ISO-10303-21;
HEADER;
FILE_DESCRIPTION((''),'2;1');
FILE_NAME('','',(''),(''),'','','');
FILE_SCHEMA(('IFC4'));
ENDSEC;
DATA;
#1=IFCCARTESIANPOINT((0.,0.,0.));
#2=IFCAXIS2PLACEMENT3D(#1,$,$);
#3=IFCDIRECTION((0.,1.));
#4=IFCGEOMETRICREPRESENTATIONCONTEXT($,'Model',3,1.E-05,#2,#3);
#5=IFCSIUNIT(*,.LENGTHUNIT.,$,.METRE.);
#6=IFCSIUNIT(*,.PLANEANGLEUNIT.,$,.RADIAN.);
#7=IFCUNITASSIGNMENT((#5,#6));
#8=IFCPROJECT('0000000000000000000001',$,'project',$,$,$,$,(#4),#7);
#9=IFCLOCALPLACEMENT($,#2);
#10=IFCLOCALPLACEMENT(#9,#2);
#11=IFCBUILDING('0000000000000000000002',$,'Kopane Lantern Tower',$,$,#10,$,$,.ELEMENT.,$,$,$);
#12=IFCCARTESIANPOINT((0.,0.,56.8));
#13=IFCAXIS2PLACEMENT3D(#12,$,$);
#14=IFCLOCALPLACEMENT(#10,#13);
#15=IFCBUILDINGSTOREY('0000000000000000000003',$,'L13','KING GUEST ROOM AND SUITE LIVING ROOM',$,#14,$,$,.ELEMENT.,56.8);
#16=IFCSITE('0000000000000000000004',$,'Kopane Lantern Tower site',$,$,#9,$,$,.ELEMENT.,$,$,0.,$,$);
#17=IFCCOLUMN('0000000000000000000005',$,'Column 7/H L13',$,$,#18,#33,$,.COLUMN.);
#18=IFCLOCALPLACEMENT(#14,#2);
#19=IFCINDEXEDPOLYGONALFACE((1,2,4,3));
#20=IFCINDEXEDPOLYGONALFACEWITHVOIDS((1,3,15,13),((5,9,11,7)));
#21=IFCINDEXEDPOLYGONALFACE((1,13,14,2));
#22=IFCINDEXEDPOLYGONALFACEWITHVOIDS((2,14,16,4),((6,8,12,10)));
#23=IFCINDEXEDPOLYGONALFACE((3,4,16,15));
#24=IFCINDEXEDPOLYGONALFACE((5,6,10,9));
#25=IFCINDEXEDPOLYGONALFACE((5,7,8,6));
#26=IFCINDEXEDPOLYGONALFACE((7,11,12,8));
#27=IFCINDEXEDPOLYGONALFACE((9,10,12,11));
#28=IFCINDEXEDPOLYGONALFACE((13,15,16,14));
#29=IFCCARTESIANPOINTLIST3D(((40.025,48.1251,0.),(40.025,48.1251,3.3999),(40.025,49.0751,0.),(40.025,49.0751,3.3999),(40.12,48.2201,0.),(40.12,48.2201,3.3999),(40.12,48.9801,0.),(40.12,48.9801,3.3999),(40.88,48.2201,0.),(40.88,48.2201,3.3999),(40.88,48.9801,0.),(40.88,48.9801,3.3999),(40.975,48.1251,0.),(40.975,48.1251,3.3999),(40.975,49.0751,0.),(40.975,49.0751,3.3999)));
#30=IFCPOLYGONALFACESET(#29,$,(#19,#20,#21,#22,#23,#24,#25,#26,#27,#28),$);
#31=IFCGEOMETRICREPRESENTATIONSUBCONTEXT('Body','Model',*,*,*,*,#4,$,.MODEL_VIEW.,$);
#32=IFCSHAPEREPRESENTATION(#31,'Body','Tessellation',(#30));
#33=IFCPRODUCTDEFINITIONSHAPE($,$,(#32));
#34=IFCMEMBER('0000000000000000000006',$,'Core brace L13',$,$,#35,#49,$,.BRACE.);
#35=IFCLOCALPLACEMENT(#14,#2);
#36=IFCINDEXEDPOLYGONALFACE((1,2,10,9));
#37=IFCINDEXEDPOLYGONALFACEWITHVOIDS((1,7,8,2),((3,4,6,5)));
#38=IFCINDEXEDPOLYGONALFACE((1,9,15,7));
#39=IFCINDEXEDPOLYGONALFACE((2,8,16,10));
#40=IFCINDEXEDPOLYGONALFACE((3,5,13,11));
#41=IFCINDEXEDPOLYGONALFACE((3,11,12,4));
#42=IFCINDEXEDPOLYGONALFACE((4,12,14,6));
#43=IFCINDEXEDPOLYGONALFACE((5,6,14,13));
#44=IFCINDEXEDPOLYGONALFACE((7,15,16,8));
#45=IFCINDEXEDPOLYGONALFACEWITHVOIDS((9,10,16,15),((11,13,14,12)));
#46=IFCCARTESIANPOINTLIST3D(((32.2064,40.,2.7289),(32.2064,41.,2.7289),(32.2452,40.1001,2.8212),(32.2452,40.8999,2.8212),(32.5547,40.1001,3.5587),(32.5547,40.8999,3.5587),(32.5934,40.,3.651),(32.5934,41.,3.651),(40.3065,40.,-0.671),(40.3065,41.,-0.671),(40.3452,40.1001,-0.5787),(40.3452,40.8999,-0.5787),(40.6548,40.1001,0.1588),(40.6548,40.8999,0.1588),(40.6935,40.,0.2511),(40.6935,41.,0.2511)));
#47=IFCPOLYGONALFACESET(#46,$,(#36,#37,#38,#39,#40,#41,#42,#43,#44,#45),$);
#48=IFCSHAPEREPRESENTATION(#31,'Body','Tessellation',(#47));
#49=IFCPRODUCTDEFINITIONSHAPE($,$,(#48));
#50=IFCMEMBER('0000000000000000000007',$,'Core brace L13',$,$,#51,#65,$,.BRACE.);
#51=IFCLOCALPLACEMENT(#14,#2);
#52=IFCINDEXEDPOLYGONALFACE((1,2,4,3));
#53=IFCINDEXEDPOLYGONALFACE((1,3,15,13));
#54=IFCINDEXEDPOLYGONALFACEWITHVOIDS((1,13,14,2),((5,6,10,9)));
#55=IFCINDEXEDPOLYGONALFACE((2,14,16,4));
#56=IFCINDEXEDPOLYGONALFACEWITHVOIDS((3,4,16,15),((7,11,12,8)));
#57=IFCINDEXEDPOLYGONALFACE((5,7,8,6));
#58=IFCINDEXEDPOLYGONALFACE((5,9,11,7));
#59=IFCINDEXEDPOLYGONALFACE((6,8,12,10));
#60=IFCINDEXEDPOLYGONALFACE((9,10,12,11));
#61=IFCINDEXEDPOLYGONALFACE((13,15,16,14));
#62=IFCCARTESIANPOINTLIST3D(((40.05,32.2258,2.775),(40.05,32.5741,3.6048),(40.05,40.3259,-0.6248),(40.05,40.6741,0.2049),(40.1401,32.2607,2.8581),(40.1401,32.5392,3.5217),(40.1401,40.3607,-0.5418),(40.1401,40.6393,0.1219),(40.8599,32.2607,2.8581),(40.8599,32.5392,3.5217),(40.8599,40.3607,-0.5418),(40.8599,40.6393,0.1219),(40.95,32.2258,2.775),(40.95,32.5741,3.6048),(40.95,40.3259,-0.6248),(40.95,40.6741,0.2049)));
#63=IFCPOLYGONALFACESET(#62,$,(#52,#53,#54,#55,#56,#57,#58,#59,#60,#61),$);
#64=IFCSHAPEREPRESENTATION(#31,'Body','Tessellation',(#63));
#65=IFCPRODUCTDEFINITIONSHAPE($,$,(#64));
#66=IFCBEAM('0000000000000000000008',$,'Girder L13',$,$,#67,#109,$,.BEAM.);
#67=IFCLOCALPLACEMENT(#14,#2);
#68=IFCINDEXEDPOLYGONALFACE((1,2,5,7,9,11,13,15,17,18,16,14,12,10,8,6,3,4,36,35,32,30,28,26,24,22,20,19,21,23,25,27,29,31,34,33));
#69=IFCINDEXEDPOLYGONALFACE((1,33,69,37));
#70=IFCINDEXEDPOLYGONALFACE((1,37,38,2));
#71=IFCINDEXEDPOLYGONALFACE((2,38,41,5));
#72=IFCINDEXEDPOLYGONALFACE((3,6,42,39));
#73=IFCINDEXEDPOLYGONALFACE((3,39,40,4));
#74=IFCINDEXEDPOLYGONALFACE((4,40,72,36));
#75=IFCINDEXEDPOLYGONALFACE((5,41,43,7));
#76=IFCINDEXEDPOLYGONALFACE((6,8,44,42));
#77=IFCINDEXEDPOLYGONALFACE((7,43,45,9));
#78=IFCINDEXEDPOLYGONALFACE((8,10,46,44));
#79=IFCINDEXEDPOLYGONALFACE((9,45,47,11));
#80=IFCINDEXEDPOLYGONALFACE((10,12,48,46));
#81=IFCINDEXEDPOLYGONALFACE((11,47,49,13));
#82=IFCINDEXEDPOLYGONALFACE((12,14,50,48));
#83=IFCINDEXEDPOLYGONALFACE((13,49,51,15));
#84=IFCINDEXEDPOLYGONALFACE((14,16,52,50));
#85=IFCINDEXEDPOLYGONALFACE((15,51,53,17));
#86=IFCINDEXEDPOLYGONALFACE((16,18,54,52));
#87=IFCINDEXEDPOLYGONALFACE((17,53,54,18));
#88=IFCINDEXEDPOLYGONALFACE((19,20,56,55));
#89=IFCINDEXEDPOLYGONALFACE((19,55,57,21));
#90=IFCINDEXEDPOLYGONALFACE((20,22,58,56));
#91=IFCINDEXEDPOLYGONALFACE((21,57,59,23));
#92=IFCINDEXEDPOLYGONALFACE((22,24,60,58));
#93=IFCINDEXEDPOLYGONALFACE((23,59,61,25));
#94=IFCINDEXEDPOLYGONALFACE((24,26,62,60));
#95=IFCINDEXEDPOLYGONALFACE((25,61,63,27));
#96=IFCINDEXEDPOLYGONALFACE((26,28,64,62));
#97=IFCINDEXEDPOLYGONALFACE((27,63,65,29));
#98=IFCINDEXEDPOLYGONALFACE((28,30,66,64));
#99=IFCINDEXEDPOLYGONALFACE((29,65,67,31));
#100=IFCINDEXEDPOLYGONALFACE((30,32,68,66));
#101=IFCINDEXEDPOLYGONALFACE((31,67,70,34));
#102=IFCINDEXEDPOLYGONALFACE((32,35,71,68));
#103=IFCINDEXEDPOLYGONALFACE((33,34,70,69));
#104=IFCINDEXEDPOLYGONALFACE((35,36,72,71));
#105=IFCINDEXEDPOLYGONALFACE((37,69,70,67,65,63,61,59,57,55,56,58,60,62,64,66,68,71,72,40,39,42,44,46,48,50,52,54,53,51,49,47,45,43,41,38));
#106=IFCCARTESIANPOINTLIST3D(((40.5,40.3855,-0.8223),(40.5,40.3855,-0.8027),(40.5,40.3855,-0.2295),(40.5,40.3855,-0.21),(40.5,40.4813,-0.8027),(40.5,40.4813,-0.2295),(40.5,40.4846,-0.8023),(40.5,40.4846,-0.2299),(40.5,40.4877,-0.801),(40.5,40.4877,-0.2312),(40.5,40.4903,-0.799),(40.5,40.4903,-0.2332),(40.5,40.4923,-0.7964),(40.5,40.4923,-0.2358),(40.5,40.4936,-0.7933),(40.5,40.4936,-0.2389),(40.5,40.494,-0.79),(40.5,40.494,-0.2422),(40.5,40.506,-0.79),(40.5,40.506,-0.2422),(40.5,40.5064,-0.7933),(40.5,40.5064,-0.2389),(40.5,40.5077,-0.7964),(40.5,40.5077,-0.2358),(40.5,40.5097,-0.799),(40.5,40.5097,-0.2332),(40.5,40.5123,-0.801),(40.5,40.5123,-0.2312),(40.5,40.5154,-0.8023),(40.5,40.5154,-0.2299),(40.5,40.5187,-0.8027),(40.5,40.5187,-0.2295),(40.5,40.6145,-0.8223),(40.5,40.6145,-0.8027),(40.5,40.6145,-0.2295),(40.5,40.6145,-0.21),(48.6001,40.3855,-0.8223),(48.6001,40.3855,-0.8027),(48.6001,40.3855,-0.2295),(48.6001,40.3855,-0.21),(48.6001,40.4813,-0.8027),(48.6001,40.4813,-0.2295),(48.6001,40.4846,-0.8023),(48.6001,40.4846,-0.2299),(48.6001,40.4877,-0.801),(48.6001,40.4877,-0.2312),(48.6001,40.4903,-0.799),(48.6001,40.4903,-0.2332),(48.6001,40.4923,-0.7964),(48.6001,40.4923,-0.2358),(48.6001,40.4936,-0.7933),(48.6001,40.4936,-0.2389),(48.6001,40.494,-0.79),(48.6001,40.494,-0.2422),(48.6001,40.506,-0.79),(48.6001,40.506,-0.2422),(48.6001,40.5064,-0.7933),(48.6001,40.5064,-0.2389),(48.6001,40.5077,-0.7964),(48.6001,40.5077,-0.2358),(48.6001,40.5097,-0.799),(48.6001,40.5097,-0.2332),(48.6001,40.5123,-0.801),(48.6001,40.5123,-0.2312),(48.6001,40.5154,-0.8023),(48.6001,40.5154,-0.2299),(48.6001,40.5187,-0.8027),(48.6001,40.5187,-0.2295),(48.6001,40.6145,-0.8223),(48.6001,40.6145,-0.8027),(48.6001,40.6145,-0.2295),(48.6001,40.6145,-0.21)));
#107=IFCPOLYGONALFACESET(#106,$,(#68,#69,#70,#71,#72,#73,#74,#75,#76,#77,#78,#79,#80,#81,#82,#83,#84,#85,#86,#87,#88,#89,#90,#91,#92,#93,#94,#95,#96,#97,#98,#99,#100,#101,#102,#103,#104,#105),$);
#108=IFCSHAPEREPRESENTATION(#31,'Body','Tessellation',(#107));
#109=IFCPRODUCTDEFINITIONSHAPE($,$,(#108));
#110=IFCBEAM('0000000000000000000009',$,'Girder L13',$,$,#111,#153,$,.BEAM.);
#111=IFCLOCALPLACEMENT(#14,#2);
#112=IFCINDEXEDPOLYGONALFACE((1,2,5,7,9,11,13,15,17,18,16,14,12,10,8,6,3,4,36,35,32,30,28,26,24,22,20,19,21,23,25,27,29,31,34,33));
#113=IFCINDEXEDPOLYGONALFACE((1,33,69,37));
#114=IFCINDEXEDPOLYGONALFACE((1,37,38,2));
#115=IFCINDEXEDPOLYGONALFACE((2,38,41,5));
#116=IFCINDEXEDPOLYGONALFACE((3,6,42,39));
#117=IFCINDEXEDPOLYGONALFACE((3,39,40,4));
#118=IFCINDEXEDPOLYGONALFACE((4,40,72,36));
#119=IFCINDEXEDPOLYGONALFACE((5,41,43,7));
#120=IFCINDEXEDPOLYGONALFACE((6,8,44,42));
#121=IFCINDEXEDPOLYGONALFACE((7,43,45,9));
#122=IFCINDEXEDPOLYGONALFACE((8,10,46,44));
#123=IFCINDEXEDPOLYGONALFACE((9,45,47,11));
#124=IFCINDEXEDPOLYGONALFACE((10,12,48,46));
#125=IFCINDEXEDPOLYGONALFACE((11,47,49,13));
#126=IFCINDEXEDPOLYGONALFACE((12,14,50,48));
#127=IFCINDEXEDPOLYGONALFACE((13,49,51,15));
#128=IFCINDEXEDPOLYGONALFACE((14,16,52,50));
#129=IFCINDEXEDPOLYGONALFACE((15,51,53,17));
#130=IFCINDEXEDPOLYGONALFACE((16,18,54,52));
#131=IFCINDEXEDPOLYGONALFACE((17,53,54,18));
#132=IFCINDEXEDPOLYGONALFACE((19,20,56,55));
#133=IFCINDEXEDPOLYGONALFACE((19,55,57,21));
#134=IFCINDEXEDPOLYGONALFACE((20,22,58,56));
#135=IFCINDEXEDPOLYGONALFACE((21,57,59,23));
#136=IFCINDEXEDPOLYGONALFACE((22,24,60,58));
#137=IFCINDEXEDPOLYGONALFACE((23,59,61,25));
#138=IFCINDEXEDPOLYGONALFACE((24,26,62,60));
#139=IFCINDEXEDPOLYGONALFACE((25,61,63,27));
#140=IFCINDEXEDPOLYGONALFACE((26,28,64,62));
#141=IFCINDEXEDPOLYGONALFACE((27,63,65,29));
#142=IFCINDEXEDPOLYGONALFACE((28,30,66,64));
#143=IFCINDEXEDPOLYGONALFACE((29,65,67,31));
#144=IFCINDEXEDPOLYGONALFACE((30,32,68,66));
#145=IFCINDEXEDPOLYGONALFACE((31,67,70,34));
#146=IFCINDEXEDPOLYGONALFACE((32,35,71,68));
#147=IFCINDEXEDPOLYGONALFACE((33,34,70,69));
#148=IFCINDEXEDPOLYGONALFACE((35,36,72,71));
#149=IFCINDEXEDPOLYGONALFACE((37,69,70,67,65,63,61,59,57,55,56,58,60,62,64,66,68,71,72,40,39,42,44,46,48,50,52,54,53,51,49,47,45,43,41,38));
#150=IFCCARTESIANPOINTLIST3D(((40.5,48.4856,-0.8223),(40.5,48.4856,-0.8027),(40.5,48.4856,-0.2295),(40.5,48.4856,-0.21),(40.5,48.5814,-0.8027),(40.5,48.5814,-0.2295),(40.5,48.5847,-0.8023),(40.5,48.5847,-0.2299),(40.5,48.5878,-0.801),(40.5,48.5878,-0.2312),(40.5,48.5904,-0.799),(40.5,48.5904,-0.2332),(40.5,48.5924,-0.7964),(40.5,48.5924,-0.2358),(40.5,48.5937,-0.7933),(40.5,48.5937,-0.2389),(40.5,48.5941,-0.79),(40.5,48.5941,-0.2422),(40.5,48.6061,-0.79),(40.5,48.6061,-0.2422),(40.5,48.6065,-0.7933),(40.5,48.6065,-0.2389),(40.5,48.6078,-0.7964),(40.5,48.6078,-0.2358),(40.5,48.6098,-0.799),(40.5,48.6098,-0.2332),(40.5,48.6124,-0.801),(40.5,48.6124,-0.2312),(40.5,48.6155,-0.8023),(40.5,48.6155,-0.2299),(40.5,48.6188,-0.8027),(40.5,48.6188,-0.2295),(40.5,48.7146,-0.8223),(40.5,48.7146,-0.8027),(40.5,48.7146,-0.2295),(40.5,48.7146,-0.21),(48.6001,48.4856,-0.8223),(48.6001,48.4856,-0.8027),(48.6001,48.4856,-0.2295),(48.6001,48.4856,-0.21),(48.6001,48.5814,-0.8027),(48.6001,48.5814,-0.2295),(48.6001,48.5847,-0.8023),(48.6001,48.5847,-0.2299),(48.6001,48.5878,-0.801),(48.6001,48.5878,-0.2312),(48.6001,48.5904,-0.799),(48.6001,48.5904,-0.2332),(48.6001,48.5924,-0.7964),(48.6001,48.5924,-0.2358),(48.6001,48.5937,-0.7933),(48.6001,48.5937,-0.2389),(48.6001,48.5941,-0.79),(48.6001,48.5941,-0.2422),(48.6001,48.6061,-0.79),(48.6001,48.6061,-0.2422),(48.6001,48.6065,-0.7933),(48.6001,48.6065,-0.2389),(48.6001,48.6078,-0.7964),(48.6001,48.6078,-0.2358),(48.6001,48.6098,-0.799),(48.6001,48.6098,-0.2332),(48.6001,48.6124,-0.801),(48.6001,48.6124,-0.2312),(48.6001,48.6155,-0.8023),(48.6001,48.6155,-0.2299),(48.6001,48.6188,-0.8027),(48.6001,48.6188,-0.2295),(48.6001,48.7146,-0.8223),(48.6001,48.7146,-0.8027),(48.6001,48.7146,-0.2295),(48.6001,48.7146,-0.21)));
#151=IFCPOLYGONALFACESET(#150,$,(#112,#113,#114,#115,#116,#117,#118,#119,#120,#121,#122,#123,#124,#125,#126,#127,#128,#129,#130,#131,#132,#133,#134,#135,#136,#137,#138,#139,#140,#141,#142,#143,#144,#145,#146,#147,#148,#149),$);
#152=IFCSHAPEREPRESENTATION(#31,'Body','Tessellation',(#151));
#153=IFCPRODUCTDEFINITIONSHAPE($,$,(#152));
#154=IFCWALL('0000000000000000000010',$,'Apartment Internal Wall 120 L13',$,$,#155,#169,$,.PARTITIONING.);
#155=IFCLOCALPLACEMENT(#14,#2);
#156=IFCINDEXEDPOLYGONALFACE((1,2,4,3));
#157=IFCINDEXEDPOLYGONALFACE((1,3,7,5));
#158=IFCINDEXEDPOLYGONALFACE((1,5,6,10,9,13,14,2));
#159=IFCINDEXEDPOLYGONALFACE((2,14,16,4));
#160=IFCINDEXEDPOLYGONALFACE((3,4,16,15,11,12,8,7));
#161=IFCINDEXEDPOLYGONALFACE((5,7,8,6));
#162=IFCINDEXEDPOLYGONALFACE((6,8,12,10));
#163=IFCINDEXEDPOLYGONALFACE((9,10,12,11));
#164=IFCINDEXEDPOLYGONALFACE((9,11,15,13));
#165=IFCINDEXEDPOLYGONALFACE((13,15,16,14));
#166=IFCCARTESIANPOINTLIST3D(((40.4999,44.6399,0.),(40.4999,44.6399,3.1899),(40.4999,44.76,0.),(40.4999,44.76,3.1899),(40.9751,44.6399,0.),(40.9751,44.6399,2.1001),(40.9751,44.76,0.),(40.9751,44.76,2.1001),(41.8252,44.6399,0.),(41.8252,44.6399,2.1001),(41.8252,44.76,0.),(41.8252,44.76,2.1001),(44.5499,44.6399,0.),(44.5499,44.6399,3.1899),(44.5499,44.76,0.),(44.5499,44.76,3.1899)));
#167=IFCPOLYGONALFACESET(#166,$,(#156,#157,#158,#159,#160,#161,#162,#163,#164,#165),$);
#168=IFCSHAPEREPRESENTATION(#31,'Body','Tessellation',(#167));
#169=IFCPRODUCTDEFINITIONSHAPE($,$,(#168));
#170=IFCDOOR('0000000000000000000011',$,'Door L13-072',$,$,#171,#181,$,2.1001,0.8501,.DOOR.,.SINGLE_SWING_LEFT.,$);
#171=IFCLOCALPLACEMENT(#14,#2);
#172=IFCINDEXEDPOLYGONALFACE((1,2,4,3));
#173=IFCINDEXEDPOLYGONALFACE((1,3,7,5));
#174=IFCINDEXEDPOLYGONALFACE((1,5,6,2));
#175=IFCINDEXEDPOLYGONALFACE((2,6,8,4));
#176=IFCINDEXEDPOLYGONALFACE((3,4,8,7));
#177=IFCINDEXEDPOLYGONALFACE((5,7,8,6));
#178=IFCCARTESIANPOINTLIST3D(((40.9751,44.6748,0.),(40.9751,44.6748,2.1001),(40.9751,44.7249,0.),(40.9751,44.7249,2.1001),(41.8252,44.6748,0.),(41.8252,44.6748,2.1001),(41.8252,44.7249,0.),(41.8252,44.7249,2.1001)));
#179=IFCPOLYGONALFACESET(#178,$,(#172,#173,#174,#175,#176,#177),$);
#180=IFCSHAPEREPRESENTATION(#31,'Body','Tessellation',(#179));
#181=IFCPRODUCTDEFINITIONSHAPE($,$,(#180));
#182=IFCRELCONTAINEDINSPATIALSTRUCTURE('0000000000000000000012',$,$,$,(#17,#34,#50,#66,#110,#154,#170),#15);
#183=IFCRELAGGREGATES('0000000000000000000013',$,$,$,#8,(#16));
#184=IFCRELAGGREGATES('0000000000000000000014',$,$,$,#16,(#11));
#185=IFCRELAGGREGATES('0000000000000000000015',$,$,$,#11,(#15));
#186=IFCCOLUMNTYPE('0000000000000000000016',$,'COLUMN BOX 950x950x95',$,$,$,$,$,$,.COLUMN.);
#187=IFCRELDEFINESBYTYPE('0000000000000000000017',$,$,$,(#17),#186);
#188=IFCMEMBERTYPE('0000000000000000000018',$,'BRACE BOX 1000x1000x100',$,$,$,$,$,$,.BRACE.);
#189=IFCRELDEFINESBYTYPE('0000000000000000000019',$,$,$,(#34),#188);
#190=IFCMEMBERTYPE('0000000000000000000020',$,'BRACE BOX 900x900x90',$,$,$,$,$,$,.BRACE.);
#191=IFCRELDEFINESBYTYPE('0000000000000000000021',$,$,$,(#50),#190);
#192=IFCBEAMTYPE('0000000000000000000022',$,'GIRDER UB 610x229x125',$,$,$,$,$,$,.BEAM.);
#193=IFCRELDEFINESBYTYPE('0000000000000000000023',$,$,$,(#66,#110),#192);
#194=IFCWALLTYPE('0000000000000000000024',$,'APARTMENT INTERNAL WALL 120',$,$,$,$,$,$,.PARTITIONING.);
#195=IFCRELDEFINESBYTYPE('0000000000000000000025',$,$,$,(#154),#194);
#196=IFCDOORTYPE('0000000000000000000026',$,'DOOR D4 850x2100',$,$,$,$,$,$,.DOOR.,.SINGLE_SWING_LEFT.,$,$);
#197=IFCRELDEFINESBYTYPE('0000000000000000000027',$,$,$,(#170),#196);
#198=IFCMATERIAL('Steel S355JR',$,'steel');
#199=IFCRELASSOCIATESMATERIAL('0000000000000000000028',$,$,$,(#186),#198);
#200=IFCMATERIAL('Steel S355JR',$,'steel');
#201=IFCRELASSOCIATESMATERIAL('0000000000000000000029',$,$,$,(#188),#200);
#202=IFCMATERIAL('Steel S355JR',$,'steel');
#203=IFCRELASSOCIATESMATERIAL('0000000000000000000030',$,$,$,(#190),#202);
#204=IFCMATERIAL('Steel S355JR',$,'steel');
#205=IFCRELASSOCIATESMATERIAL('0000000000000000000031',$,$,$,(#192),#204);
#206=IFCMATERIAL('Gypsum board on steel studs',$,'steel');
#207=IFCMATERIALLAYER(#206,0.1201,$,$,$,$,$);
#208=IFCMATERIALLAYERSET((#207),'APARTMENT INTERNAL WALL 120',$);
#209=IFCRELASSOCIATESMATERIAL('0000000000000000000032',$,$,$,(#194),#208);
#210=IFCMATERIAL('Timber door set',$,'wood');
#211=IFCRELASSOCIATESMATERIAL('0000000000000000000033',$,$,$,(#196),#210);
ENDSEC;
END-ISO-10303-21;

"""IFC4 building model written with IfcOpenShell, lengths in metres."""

from ifc_helpers import new_model, si_unit, direction, frame, frame_2d, origin, origin_2d, place, context, subcontext, project, spatial, rectangle, hollow_rectangle, i_section, extrude, material, layer, layer_set, material_profile, profile_set, type_object, element, fill, save


model = new_model("IFC4")

# Units and contexts
model_context = context("Model", 3, precision=1e-05, world=origin(), true_north=direction((0.0, 1.0)))
body_context = subcontext(model_context, "Body", "Model", "MODEL_VIEW")
ifc_project = project(units=[si_unit("LENGTHUNIT", "METRE"), si_unit("PLANEANGLEUNIT", "RADIAN")], contexts=[model_context])

# Site, building, storey
site_placement = place(None, origin())
site = spatial("IfcSite", under=ifc_project, at=site_placement, Name="Kopane Lantern Tower site", CompositionType="ELEMENT", RefElevation=0.0)
building_placement = place(site_placement, origin())
building = spatial("IfcBuilding", under=site, at=building_placement, Name="Kopane Lantern Tower", CompositionType="ELEMENT")
storey_placement = place(building_placement, frame((0.0, 0.0, 56.8)))
storey = spatial("IfcBuildingStorey", under=building, at=storey_placement, Name="L13", Description="KING GUEST ROOM AND SUITE LIVING ROOM", CompositionType="ELEMENT", Elevation=56.8)

# Column
ifc_material_1 = material(Name="Steel S355JR", Category="steel")
ifc_material_profile_1 = material_profile(ifc_material_1, hollow_rectangle(XDim=0.95, YDim=0.95, WallThickness=0.095, at=origin_2d()), Name="BOX 950x950x95")
ifc_profile_set_1 = profile_set([ifc_material_profile_1], Name="Steel S355JR")
column_type = type_object("IfcColumnType", Name="COLUMN BOX 950x950x95", PredefinedType="COLUMN", material=ifc_profile_set_1)
column_placement = place(storey_placement, frame((40.5, 48.6001, 0.0), z_axis=(0.0, 0.0, 1.0), x_axis=(1.0, 0.0, 0.0)))
element("IfcColumn", 1, at=column_placement, inside=storey, type_object=column_type, Name="Column 7/H L13", PredefinedType="COLUMN", context=body_context, shape_type="SweptSolid", body=[
    extrude(hollow_rectangle(XDim=0.95, YDim=0.95, WallThickness=0.095, at=origin_2d()), origin(), (0.0, 0.0, 1.0), 3.3999),
])

# Members
ifc_material_2 = material(Name="Steel S355JR", Category="steel")
ifc_material_profile_2 = material_profile(ifc_material_2, hollow_rectangle(XDim=1.0, YDim=1.0, WallThickness=0.1001, at=origin_2d()), Name="BOX 1000x1000x100")
ifc_profile_set_2 = profile_set([ifc_material_profile_2], Name="Steel S355JR")
member_type_1 = type_object("IfcMemberType", Name="BRACE BOX 1000x1000x100", PredefinedType="BRACE", material=ifc_profile_set_2)
member_1_placement = place(storey_placement, frame((40.5, 40.5, -0.21), z_axis=(-0.922069, 0.0, 0.387026), x_axis=(0.0, -1.0, 0.0)))
element("IfcMember", 2, at=member_1_placement, inside=storey, type_object=member_type_1, Name="Core brace L13", PredefinedType="BRACE", context=body_context, shape_type="SweptSolid", body=[
    extrude(hollow_rectangle(XDim=1.0, YDim=1.0, WallThickness=0.1001, at=origin_2d()), origin(), (0.0, 0.0, 1.0), 8.7847),
])
ifc_material_3 = material(Name="Steel S355JR", Category="steel")
ifc_material_profile_3 = material_profile(ifc_material_3, hollow_rectangle(XDim=0.8999, YDim=0.8999, WallThickness=0.0901, at=origin_2d()), Name="BOX 900x900x90")
ifc_profile_set_3 = profile_set([ifc_material_profile_3], Name="Steel S355JR")
member_type_2 = type_object("IfcMemberType", Name="BRACE BOX 900x900x90", PredefinedType="BRACE", material=ifc_profile_set_3)
member_2_placement = place(storey_placement, frame((40.5, 40.5, -0.21), z_axis=(0.0, -0.922069, 0.387026), x_axis=(1.0, 0.0, 0.0)))
element("IfcMember", 3, at=member_2_placement, inside=storey, type_object=member_type_2, Name="Core brace L13", PredefinedType="BRACE", context=body_context, shape_type="SweptSolid", body=[
    extrude(hollow_rectangle(XDim=0.8999, YDim=0.8999, WallThickness=0.0901, at=origin_2d()), origin(), (0.0, 0.0, 1.0), 8.7847),
])

# Beams
ifc_material_4 = material(Name="Steel S355JR", Category="steel")
ifc_material_profile_4 = material_profile(ifc_material_4, i_section(OverallWidth=0.229, OverallDepth=0.6123, WebThickness=0.012, FlangeThickness=0.0195, FilletRadius=0.0127, at=origin_2d()), Name="UB 610x229x125")
ifc_profile_set_4 = profile_set([ifc_material_profile_4], Name="Steel S355JR")
beam_type = type_object("IfcBeamType", Name="GIRDER UB 610x229x125", PredefinedType="BEAM", material=ifc_profile_set_4)
for number, where, z_axis, x_axis, name in (
    (4, (40.5, 40.5, -0.5161), (1.0, 0.0, 0.0), (0.0, 1.0, 0.0), "Girder L13"),
    (5, (40.5, 48.6001, -0.5161), (1.0, 0.0, 0.0), (0.0, 1.0, 0.0), "Girder L13"),
):
    element("IfcBeam", number, at=place(storey_placement, frame(where, z_axis=z_axis, x_axis=x_axis)), inside=storey, type_object=beam_type, Name=name, PredefinedType="BEAM", context=body_context, shape_type="SweptSolid", body=[
        extrude(i_section(OverallWidth=0.229, OverallDepth=0.6123, WebThickness=0.012, FlangeThickness=0.0195, FilletRadius=0.0127, at=origin_2d()), origin(), (0.0, 0.0, 1.0), 8.1001),
    ])

# Wall, opening, door
ifc_material_5 = material(Name="Gypsum board on steel studs", Category="steel")
ifc_layer_1 = layer(ifc_material_5, 0.1201)
ifc_layer_set_1 = layer_set([ifc_layer_1], Name="APARTMENT INTERNAL WALL 120")
wall_type_1 = type_object("IfcWallType", Name="APARTMENT INTERNAL WALL 120", PredefinedType="PARTITIONING", material=ifc_layer_set_1)
wall_1_placement = place(storey_placement, frame((40.5, 44.7, 0.0), z_axis=(0.0, 0.0, 1.0), x_axis=(1.0, 0.0, 0.0)))
wall_1 = element("IfcWall", 6, at=wall_1_placement, inside=storey, type_object=wall_type_1, Name="Apartment Internal Wall 120 L13", PredefinedType="PARTITIONING", context=body_context, shape_type="SweptSolid", body=[
    extrude(rectangle(XDim=4.05, YDim=0.1201, at=frame_2d((2.0249, 0.0))), origin(), (0.0, 0.0, 1.0), 3.1899),
])
opening_1_placement = place(wall_1_placement, frame((0.4751, 0.0, 0.0)))
opening_1 = element("IfcOpeningElement", 7, at=opening_1_placement, cuts=wall_1, PredefinedType="OPENING", context=body_context, shape_type="SweptSolid", body=[
    extrude(rectangle(XDim=0.8501, YDim=2.1001, at=frame_2d((0.425, 1.05))), frame((0.0, 0.0701, 0.0), z_axis=(0.0, -1.0, 0.0), x_axis=(1.0, 0.0, 0.0)), (0.0, 0.0, 1.0), 0.1401),
])
ifc_material_6 = material(Name="Timber door set", Category="wood")
door_type_1 = type_object("IfcDoorType", Name="DOOR D4 850x2100", OperationType="SINGLE_SWING_LEFT", PredefinedType="DOOR", material=ifc_material_6)
door_1_placement = place(opening_1_placement, origin())
door_1 = element("IfcDoor", 8, at=door_1_placement, inside=storey, type_object=door_type_1, Name="Door L13-072", OperationType="SINGLE_SWING_LEFT", OverallHeight=2.1001, OverallWidth=0.8501, PredefinedType="DOOR", context=body_context, shape_type="SweptSolid", body=[
    extrude(rectangle(XDim=0.8501, YDim=2.1001, at=frame_2d((0.425, 1.05))), frame((0.0, 0.0249, 0.0), z_axis=(0.0, -1.0, 0.0), x_axis=(1.0, 0.0, 0.0)), (0.0, 0.0, 1.0), 0.05),
])
fill(opening_1, door_1)

save(model, "model.ifc")
